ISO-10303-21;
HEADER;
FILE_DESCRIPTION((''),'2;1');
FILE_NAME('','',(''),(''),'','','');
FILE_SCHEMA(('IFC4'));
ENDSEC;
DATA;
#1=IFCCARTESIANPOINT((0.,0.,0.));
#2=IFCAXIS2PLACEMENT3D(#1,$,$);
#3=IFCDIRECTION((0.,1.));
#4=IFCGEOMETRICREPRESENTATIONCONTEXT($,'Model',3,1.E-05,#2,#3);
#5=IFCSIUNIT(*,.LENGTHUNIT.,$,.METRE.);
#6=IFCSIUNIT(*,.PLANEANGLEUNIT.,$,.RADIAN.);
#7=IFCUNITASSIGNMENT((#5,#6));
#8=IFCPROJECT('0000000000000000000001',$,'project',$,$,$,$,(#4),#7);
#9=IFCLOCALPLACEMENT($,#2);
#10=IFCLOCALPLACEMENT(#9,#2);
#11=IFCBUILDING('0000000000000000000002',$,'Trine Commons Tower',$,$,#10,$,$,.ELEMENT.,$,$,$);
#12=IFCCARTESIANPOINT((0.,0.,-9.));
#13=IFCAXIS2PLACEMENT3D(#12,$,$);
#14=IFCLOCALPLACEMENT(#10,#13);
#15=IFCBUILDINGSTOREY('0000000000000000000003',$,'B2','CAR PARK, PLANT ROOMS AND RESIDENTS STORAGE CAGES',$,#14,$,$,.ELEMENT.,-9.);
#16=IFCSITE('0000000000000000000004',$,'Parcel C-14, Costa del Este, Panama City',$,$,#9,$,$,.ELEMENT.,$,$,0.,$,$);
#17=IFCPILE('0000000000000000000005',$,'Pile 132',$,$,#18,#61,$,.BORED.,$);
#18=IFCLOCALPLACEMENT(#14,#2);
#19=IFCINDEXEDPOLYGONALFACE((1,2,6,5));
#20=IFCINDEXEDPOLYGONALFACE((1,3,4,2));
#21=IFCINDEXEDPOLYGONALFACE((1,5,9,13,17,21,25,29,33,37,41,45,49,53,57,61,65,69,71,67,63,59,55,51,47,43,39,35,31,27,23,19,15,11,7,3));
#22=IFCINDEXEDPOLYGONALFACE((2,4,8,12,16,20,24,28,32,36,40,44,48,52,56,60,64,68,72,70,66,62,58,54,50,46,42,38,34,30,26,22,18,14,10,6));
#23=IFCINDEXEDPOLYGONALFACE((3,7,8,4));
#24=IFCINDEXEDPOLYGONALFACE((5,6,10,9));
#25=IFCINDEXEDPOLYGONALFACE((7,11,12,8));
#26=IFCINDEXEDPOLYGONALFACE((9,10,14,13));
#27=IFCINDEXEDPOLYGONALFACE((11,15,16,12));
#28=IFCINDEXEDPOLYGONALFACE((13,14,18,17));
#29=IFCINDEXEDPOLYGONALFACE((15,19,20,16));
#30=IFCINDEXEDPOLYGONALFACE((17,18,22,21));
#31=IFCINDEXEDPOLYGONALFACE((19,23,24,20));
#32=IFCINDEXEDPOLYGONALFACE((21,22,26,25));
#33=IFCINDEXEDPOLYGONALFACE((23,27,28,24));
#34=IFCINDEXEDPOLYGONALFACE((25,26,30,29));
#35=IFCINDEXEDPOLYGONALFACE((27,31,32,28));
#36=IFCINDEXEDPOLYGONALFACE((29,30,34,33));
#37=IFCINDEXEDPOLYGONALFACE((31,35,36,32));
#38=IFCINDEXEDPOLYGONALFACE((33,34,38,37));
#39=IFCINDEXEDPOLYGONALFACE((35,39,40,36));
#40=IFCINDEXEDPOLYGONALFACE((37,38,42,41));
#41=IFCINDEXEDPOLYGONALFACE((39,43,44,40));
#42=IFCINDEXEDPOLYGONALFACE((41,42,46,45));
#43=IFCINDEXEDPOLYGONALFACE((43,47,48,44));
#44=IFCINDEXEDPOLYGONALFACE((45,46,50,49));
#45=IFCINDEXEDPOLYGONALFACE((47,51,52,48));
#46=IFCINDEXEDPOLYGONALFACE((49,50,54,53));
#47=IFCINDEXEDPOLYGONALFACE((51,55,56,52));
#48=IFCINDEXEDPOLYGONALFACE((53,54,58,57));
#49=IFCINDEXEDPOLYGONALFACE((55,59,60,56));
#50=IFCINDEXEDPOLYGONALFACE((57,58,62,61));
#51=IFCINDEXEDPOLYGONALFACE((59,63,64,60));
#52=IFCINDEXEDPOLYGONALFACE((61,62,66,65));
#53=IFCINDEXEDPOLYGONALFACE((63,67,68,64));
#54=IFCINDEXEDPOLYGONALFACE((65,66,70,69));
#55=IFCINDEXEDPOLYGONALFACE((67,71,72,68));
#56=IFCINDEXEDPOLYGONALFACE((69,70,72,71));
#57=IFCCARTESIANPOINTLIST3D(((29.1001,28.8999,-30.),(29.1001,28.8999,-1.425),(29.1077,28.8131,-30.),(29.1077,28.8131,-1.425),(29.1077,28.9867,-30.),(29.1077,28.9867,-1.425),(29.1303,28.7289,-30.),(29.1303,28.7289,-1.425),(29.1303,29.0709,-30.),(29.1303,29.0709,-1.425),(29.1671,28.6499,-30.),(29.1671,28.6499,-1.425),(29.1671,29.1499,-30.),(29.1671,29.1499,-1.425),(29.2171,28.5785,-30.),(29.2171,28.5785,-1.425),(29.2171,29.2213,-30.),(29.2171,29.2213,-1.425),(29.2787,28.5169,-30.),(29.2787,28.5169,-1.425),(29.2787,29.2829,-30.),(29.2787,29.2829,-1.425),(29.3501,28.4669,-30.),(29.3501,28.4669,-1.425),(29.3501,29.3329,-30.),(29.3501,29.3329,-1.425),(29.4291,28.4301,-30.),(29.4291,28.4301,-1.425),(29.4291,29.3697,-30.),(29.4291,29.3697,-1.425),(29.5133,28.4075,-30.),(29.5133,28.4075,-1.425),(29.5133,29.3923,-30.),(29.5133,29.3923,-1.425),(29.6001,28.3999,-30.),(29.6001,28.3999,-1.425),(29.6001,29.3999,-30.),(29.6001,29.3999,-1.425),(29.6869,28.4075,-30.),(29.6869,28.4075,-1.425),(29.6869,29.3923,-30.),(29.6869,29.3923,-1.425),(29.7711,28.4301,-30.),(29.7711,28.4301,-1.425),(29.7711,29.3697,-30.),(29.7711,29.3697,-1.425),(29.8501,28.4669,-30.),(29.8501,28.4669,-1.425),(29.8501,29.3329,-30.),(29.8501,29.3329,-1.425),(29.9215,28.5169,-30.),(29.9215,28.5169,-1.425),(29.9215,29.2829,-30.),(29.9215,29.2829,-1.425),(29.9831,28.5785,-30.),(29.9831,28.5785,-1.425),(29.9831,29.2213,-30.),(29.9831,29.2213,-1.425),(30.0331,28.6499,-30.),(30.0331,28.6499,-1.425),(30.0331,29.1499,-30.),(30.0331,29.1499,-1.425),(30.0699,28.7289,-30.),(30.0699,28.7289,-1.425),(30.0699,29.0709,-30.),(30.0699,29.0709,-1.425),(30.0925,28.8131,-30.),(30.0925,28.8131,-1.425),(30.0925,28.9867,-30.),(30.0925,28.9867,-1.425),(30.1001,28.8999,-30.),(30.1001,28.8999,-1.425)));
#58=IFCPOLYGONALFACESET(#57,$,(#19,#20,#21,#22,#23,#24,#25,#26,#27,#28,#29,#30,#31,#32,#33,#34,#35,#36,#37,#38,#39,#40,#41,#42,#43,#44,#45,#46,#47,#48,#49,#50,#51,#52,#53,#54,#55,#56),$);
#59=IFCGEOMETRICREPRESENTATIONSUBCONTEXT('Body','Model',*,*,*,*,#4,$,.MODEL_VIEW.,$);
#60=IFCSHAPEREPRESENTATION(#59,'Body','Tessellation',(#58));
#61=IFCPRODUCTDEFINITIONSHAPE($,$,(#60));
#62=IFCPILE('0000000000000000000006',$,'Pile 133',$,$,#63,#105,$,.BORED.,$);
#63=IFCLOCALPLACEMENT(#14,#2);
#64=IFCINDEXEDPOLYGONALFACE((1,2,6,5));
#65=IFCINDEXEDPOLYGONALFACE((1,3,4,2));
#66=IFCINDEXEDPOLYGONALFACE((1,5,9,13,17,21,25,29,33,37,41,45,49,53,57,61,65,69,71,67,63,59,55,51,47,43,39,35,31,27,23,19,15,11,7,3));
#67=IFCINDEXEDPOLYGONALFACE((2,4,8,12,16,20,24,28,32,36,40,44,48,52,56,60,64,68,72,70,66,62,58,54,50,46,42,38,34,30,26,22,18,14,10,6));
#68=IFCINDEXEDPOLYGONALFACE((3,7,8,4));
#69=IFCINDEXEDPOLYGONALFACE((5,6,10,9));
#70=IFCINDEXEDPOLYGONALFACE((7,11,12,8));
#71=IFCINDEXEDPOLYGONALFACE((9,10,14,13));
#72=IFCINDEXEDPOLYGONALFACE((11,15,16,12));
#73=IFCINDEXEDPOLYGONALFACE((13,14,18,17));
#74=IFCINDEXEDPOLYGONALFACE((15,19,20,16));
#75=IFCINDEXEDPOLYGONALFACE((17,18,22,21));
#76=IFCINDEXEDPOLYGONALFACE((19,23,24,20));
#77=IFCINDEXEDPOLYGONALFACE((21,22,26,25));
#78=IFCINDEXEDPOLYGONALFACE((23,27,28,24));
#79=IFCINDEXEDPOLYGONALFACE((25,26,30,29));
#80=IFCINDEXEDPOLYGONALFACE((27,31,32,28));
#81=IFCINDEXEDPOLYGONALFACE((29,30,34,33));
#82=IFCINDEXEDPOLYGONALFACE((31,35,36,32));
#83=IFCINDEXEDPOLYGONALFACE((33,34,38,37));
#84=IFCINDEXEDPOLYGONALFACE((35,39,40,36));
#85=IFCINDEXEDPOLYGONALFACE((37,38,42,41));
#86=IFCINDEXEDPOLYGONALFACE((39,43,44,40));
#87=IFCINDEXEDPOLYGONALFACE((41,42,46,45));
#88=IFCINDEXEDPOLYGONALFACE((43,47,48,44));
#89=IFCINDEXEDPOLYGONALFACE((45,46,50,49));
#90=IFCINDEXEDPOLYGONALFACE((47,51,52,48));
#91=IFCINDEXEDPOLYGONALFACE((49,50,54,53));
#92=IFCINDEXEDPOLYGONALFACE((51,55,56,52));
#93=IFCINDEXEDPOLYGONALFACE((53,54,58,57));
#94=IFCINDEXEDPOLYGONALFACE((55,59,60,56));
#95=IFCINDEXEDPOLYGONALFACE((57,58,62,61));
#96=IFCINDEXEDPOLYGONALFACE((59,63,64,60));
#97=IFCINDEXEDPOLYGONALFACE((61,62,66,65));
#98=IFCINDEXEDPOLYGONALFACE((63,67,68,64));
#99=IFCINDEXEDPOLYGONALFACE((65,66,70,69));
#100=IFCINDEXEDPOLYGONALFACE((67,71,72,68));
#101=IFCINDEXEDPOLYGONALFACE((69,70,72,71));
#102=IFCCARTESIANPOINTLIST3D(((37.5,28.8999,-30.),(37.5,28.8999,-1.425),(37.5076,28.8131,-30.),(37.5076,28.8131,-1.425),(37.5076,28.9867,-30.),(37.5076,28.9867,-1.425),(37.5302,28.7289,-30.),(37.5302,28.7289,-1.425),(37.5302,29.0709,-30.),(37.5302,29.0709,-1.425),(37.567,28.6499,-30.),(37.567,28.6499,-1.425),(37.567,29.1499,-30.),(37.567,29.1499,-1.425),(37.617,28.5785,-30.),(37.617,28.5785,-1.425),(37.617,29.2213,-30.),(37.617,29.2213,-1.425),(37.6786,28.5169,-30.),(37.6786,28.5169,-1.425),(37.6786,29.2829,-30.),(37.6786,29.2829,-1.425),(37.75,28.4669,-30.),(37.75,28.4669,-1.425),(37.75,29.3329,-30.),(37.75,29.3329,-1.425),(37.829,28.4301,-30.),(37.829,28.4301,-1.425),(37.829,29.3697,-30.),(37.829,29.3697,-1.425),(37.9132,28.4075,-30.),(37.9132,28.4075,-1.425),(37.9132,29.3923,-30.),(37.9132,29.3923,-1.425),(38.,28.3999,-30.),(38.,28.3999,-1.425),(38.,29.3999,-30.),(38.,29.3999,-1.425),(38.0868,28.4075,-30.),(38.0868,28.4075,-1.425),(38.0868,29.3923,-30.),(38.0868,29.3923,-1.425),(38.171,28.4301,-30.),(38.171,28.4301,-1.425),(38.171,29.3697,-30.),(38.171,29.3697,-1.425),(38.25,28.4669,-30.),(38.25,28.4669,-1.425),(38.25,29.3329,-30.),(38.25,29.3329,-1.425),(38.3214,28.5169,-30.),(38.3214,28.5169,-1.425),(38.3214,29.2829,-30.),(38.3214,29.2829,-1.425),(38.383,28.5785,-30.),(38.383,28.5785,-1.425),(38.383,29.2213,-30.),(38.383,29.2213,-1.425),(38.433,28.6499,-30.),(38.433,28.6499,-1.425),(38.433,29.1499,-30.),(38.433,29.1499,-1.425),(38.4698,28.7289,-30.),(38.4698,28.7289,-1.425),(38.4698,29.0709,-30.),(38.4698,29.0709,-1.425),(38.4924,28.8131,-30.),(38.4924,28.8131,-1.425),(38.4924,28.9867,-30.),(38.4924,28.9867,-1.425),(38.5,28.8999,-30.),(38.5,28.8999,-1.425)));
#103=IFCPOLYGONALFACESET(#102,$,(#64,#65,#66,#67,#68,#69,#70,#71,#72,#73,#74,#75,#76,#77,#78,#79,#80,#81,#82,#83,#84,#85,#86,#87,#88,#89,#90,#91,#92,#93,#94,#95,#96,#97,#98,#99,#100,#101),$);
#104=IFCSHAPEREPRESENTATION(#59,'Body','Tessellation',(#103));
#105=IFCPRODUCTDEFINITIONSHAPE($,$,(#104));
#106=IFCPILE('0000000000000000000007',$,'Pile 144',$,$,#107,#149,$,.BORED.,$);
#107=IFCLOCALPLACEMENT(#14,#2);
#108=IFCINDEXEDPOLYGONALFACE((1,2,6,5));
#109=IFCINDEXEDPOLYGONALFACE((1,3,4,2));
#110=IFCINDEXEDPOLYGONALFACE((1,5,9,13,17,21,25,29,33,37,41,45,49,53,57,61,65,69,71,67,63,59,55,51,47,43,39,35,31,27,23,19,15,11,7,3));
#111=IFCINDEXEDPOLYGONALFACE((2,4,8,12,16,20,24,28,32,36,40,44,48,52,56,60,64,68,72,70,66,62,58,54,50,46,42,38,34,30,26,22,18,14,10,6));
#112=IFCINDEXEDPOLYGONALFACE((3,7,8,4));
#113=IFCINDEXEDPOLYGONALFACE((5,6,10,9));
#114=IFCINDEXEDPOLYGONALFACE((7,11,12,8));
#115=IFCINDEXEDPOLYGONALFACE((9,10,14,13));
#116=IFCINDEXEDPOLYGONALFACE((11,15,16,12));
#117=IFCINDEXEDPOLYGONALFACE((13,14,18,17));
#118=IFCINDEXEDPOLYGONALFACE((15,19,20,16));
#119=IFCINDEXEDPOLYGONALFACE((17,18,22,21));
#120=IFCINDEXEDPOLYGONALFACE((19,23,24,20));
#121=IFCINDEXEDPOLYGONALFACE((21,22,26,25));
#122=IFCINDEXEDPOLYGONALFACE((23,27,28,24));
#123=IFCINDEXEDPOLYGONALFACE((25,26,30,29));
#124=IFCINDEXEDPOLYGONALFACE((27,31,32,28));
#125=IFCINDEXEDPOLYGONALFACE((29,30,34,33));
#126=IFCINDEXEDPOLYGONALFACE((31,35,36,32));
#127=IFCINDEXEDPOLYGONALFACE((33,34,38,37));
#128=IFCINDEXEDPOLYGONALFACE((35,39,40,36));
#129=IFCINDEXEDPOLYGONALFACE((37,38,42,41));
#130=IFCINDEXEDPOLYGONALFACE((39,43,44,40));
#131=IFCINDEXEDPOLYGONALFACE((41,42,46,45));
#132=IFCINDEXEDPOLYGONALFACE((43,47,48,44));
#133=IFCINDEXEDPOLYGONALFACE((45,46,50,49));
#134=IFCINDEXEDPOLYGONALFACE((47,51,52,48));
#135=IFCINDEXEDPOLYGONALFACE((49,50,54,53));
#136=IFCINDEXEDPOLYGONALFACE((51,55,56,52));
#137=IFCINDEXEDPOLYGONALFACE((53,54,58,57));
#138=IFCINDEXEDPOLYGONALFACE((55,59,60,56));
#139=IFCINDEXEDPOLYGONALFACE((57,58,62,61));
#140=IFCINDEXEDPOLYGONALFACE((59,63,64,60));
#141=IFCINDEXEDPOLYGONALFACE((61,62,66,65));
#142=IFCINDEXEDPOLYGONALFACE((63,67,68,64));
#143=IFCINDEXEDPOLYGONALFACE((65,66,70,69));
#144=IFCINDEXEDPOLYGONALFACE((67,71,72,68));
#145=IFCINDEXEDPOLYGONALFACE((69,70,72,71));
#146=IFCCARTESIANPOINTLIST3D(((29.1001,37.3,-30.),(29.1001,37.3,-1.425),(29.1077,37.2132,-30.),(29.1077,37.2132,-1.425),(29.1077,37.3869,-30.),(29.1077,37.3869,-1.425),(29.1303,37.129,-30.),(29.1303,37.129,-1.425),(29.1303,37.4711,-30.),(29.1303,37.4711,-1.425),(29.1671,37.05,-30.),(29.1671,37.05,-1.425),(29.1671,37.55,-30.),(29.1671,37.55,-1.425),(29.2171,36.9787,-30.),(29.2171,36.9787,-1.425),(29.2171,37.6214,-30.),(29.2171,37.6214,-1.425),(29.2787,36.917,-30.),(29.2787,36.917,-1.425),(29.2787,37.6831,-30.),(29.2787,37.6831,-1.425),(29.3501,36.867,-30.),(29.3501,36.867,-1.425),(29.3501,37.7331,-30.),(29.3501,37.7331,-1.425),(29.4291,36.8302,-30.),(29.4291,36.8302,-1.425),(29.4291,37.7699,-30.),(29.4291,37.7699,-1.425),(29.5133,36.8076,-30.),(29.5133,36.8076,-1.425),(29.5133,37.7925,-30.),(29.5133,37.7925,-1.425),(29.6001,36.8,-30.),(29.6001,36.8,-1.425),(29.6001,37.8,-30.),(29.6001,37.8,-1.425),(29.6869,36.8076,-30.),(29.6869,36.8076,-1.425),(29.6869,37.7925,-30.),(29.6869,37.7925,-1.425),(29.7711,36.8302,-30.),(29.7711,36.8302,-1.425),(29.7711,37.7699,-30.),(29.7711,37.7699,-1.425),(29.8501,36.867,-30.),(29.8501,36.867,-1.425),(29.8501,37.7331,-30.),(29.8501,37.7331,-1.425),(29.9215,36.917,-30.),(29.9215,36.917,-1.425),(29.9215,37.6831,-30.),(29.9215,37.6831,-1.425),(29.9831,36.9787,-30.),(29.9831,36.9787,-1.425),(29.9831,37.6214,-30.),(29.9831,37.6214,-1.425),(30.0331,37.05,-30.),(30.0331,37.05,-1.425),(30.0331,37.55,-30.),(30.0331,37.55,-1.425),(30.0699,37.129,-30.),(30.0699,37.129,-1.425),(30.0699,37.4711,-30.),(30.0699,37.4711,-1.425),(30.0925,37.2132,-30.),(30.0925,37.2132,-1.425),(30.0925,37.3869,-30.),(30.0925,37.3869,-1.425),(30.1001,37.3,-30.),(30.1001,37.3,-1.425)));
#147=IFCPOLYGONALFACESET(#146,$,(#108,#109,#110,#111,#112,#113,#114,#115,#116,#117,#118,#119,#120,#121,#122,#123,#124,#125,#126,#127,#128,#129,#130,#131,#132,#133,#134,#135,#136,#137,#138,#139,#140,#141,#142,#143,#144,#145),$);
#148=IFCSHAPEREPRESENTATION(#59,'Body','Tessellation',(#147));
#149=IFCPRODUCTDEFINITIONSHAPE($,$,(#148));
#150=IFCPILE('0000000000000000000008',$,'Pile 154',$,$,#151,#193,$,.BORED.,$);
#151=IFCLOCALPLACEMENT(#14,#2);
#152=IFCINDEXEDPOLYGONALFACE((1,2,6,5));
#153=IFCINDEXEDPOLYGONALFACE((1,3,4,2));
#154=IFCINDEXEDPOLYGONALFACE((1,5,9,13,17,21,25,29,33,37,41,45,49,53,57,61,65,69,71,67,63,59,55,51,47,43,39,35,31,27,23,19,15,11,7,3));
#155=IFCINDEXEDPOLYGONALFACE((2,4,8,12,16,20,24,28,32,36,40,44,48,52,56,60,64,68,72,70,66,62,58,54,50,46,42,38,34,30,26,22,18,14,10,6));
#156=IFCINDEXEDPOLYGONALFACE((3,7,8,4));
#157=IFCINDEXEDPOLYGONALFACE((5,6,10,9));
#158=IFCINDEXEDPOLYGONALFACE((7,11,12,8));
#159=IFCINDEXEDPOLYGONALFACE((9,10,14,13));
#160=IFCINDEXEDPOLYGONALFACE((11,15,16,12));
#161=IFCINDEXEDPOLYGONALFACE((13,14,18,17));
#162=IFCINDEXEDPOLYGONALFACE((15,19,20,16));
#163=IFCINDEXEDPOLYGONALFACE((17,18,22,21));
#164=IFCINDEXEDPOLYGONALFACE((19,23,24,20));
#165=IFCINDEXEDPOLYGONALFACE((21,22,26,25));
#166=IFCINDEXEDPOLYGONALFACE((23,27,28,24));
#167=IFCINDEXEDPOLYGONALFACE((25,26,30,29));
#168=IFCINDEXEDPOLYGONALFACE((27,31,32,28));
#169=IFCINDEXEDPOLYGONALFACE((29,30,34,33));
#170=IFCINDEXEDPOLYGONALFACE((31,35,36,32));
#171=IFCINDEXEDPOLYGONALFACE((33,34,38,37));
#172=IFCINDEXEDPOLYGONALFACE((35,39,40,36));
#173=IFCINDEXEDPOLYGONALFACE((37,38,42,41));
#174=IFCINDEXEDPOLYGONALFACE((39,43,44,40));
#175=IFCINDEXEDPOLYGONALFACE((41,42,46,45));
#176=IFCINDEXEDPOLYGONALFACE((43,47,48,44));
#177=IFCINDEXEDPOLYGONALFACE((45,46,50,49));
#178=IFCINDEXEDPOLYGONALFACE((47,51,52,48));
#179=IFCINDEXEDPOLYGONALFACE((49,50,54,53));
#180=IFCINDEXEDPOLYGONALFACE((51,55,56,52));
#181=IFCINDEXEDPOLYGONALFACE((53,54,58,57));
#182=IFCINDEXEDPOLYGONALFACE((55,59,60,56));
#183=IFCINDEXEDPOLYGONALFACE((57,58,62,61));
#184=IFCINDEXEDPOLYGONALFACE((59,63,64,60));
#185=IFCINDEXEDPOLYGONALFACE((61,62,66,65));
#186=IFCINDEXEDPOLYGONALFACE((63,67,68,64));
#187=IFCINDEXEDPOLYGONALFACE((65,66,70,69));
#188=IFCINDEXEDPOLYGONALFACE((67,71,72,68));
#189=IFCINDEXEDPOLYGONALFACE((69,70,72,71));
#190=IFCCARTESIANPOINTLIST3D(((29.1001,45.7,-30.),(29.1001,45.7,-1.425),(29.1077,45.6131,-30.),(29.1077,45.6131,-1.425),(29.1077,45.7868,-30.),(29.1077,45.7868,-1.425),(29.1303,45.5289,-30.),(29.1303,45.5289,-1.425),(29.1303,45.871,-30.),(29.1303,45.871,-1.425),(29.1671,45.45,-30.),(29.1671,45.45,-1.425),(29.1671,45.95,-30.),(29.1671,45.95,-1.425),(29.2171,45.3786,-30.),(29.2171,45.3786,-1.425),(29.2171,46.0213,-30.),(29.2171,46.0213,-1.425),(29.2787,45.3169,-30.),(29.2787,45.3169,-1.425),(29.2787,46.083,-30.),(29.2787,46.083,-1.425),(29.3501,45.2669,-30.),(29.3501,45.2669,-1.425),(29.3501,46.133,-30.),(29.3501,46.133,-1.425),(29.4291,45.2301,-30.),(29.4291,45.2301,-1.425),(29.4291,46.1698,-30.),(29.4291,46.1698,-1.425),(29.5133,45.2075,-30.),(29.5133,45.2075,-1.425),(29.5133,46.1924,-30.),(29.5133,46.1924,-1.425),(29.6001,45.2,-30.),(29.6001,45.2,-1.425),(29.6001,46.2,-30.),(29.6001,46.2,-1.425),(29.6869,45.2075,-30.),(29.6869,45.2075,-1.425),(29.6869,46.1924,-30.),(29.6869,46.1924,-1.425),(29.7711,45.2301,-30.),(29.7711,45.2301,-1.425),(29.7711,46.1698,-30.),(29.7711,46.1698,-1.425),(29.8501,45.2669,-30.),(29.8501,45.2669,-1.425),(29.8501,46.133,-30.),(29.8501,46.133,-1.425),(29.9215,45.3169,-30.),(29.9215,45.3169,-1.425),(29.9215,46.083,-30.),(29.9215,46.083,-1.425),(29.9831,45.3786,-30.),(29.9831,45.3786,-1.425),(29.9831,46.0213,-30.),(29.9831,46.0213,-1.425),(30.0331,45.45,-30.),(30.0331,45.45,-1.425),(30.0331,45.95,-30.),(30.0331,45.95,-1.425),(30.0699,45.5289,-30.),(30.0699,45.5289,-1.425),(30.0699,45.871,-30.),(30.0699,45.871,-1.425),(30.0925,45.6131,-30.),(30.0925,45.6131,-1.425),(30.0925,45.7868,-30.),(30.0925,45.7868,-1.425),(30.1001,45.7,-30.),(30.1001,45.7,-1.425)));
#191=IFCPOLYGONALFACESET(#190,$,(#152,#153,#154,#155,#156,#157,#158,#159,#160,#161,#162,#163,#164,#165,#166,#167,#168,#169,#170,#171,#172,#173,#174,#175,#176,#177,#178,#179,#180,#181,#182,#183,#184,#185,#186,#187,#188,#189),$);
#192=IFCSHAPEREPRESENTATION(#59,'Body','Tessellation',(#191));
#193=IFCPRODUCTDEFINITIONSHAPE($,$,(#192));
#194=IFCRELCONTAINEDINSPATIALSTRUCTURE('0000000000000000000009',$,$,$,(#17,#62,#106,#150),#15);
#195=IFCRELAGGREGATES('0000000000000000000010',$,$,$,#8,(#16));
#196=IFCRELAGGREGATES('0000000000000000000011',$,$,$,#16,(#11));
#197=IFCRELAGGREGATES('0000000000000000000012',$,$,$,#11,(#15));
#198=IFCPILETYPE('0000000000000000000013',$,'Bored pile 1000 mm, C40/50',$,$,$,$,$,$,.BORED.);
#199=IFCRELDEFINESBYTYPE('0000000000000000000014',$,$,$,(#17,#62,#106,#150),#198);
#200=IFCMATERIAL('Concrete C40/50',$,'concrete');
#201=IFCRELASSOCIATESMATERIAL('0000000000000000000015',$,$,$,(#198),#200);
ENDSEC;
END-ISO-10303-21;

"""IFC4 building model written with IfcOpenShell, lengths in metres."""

from ifc_helpers import new_model, si_unit, direction, frame, origin, origin_2d, place, context, subcontext, project, spatial, circle, extrude, material, type_object, element, save


model = new_model("IFC4")

# Units and contexts
model_context = context("Model", 3, precision=1e-05, world=origin(), true_north=direction((0.0, 1.0)))
body_context = subcontext(model_context, "Body", "Model", "MODEL_VIEW")
ifc_project = project(units=[si_unit("LENGTHUNIT", "METRE"), si_unit("PLANEANGLEUNIT", "RADIAN")], contexts=[model_context])

# Site, building, storey
site_placement = place(None, origin())
site = spatial("IfcSite", under=ifc_project, at=site_placement, Name="Parcel C-14, Costa del Este, Panama City", CompositionType="ELEMENT", RefElevation=0.0)
building_placement = place(site_placement, origin())
building = spatial("IfcBuilding", under=site, at=building_placement, Name="Trine Commons Tower", CompositionType="ELEMENT")
storey_placement = place(building_placement, frame((0.0, 0.0, -9.0)))
storey = spatial("IfcBuildingStorey", under=building, at=storey_placement, Name="B2", Description="CAR PARK, PLANT ROOMS AND RESIDENTS STORAGE CAGES", CompositionType="ELEMENT", Elevation=-9.0)

# Piles
ifc_material_1 = material(Name="Concrete C40/50", Category="concrete")
pile_type_1 = type_object("IfcPileType", Name="Bored pile 1000 mm, C40/50", PredefinedType="BORED", material=ifc_material_1)
for number, where, z_axis, x_axis, name in (
    (1, (29.6001, 28.8999, -1.425), (0.0, 0.0, -1.0), (1.0, 0.0, 0.0), "Pile 132"),
    (2, (38.0, 28.8999, -1.425), (0.0, 0.0, -1.0), (1.0, 0.0, 0.0), "Pile 133"),
    (3, (29.6001, 37.3, -1.425), (0.0, 0.0, -1.0), (1.0, 0.0, 0.0), "Pile 144"),
    (4, (29.6001, 45.7, -1.425), (0.0, 0.0, -1.0), (1.0, 0.0, 0.0), "Pile 154"),
):
    element("IfcPile", number, at=place(storey_placement, frame(where, z_axis=z_axis, x_axis=x_axis)), inside=storey, type_object=pile_type_1, Name=name, PredefinedType="BORED", context=body_context, shape_type="SweptSolid", body=[
        extrude(circle(Radius=0.5, at=origin_2d()), origin(), (0.0, 0.0, 1.0), 28.575),
    ])

save(model, "model.ifc")
